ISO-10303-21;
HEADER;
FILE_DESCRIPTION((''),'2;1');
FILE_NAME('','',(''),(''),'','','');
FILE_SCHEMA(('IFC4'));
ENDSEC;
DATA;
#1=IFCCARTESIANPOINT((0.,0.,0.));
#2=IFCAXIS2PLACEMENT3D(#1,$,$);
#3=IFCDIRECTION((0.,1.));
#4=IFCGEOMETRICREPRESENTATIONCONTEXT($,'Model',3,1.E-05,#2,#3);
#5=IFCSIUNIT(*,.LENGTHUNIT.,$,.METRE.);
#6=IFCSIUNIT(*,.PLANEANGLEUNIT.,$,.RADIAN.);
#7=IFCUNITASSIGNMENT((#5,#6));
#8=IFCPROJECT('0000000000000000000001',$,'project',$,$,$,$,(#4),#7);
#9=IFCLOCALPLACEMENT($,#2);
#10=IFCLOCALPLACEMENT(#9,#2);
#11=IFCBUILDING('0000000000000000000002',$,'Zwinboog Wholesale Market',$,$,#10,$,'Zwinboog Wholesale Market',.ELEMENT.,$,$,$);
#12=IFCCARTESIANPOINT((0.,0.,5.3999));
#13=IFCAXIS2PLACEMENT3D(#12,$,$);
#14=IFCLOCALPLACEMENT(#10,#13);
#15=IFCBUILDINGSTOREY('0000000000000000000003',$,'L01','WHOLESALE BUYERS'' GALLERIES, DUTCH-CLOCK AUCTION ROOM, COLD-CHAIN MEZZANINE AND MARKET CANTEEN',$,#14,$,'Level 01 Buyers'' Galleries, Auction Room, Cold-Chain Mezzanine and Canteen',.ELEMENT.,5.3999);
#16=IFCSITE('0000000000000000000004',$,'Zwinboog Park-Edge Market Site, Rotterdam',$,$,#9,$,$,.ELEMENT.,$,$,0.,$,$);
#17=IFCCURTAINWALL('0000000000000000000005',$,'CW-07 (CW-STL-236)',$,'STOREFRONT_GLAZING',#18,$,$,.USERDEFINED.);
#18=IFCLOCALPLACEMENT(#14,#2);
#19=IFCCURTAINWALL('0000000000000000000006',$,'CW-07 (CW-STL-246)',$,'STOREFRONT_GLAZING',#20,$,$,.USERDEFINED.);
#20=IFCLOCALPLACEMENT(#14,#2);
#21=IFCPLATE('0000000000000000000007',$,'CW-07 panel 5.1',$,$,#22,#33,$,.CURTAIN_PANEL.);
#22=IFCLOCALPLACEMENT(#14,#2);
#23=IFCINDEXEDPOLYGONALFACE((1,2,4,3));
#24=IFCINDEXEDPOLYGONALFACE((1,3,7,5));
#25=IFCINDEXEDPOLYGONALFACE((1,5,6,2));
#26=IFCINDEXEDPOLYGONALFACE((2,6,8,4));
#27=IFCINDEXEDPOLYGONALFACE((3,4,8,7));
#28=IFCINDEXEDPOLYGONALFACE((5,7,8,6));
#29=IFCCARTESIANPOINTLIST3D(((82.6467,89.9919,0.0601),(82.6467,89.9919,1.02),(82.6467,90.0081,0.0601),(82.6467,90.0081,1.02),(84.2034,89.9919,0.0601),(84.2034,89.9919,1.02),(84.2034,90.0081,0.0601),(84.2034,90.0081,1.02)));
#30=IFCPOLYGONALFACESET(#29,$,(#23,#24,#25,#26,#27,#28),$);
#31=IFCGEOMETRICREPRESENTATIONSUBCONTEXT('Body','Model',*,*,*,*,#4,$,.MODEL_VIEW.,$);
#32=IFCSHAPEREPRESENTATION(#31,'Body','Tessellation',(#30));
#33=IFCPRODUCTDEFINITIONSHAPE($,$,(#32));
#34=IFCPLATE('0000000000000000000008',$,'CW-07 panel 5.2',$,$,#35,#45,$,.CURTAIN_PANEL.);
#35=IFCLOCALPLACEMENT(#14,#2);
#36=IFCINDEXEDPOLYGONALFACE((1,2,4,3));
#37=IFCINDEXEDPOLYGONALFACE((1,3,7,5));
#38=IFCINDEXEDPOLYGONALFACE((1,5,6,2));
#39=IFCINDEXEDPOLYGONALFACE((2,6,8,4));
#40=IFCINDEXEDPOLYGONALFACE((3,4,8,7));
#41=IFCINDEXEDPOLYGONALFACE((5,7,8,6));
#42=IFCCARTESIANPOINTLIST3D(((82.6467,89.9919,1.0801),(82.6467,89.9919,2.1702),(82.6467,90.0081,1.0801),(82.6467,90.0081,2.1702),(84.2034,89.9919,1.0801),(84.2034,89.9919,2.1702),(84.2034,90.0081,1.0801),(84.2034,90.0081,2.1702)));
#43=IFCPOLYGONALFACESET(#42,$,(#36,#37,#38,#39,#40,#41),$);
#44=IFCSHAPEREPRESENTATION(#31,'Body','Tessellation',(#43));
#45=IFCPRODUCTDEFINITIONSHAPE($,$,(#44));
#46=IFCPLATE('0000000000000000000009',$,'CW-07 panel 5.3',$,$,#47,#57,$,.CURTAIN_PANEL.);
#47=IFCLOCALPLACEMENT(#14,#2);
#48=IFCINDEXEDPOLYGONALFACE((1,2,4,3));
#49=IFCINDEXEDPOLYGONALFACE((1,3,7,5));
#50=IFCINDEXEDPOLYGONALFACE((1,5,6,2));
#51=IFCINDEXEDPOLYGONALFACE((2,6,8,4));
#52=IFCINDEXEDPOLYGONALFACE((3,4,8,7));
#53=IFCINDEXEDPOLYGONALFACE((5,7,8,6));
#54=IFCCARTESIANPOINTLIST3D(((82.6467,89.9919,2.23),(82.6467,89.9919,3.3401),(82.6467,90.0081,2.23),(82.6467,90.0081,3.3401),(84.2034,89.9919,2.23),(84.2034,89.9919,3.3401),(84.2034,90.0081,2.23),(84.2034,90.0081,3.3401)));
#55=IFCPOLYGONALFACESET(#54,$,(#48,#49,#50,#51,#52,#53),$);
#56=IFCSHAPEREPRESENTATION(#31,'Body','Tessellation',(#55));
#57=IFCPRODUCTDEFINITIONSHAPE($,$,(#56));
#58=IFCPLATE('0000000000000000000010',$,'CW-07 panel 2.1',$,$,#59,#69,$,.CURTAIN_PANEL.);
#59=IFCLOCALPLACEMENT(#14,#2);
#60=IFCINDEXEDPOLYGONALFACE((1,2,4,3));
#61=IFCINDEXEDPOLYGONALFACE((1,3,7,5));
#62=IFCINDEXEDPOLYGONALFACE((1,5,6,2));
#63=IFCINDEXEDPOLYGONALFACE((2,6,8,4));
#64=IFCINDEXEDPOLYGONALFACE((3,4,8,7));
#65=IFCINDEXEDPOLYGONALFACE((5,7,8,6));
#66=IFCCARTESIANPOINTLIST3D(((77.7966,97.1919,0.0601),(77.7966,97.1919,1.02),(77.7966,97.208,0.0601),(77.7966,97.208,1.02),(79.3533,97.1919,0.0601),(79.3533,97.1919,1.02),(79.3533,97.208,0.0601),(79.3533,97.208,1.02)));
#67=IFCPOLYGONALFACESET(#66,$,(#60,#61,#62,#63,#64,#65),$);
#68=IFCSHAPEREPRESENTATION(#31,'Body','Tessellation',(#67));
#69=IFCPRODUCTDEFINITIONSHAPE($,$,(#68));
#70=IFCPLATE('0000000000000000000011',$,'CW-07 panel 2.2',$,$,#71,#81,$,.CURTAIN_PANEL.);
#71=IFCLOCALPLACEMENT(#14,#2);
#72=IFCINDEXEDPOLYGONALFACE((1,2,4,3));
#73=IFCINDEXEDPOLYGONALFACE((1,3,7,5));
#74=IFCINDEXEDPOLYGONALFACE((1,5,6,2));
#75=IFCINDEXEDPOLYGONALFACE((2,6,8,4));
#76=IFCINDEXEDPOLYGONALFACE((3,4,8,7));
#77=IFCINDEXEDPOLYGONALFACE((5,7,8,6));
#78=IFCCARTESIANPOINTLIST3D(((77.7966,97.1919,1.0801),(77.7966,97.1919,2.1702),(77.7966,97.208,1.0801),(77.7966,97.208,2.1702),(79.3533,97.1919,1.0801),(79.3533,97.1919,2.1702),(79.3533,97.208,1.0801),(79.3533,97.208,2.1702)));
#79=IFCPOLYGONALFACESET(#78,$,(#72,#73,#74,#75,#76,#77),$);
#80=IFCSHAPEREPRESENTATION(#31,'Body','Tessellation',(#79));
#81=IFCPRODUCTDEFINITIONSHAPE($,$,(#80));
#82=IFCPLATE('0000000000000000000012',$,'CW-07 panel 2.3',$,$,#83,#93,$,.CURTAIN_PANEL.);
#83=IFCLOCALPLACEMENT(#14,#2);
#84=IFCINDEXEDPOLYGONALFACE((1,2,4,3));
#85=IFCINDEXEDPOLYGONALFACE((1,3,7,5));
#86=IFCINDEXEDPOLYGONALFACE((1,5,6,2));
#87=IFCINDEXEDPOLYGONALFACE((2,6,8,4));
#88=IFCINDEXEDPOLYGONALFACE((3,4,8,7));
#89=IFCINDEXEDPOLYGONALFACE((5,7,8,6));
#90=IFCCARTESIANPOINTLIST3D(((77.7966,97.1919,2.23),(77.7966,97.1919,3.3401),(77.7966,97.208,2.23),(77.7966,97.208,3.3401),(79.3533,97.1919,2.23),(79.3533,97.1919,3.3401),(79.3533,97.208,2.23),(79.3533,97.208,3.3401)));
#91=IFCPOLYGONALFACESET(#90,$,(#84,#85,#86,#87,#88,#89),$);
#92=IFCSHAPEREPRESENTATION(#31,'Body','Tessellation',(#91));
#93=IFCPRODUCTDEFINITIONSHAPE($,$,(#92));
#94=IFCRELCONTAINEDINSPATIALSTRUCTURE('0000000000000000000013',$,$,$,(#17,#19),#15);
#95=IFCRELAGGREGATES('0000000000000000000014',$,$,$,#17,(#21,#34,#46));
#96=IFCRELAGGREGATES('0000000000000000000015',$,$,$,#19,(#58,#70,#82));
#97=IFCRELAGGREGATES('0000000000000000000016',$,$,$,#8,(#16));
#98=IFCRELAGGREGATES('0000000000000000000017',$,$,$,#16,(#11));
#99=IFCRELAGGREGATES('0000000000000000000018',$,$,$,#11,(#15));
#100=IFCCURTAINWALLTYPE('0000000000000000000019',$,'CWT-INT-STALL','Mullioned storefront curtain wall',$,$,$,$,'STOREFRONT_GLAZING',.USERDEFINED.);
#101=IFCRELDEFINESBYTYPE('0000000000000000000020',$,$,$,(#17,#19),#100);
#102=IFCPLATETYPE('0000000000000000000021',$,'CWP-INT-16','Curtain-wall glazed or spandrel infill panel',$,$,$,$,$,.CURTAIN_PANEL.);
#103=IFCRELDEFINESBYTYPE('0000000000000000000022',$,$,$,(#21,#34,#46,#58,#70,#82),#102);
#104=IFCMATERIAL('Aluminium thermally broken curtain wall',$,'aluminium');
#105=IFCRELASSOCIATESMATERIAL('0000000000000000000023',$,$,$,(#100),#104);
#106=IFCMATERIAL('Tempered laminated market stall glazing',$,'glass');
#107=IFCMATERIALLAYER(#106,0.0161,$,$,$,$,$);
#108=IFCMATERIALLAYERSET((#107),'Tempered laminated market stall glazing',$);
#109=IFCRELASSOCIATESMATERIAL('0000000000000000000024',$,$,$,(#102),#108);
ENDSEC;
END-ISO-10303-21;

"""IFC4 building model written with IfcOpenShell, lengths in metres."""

from ifc_helpers import new_model, si_unit, direction, frame, origin, origin_2d, place, context, subcontext, project, spatial, rectangle, extrude, material, layer, layer_set, type_object, element, aggregate, save


model = new_model("IFC4")

# Units and contexts
model_context = context("Model", 3, precision=1e-05, world=origin(), true_north=direction((0.0, 1.0)))
body_context = subcontext(model_context, "Body", "Model", "MODEL_VIEW")
ifc_project = project(units=[si_unit("LENGTHUNIT", "METRE"), si_unit("PLANEANGLEUNIT", "RADIAN")], contexts=[model_context])

# Site, building, storey
site_placement = place(None, origin())
site = spatial("IfcSite", under=ifc_project, at=site_placement, Name="Zwinboog Park-Edge Market Site, Rotterdam", CompositionType="ELEMENT", RefElevation=0.0)
building_placement = place(site_placement, origin())
building = spatial("IfcBuilding", under=site, at=building_placement, Name="Zwinboog Wholesale Market", LongName="Zwinboog Wholesale Market", CompositionType="ELEMENT")
storey_placement = place(building_placement, frame((0.0, 0.0, 5.3999)))
storey = spatial("IfcBuildingStorey", under=building, at=storey_placement, Name="L01", Description="WHOLESALE BUYERS' GALLERIES, DUTCH-CLOCK AUCTION ROOM, COLD-CHAIN MEZZANINE AND MARKET CANTEEN", LongName="Level 01 Buyers' Galleries, Auction Room, Cold-Chain Mezzanine and Canteen", CompositionType="ELEMENT", Elevation=5.3999)

# Curtain wall
ifc_material_1 = material(Name="Aluminium thermally broken curtain wall", Category="aluminium")
curtain_wall_type = type_object("IfcCurtainWallType", Name="CWT-INT-STALL", Description="Mullioned storefront curtain wall", ElementType="STOREFRONT_GLAZING", PredefinedType="USERDEFINED", material=ifc_material_1)
curtain_wall_1_placement = place(storey_placement, origin())
curtain_wall_1 = element("IfcCurtainWall", 1, at=curtain_wall_1_placement, inside=storey, type_object=curtain_wall_type, Name="CW-07 (CW-STL-236)", ObjectType="STOREFRONT_GLAZING", PredefinedType="USERDEFINED")

# Curtain wall
curtain_wall_2_placement = place(storey_placement, origin())
curtain_wall_2 = element("IfcCurtainWall", 2, at=curtain_wall_2_placement, inside=storey, type_object=curtain_wall_type, Name="CW-07 (CW-STL-246)", ObjectType="STOREFRONT_GLAZING", PredefinedType="USERDEFINED")

# Plates
ifc_material_2 = material(Name="Tempered laminated market stall glazing", Category="glass")
ifc_layer = layer(ifc_material_2, 0.0161)
ifc_layer_set = layer_set([ifc_layer], Name="Tempered laminated market stall glazing")
plate_type = type_object("IfcPlateType", Name="CWP-INT-16", Description="Curtain-wall glazed or spandrel infill panel", PredefinedType="CURTAIN_PANEL", material=ifc_layer_set)
plate_1_placement = place(storey_placement, frame((83.425, 90.0, 0.0601), z_axis=(0.0, 0.0, 1.0), x_axis=(1.0, 0.0, 0.0)))
plate_1 = element("IfcPlate", 3, at=plate_1_placement, type_object=plate_type, Name="CW-07 panel 5.1", PredefinedType="CURTAIN_PANEL", context=body_context, shape_type="SweptSolid", body=[
    extrude(rectangle(XDim=1.5566, YDim=0.0161, at=origin_2d()), origin(), (0.0, 0.0, 1.0), 0.96),
])
plate_2_placement = place(storey_placement, frame((83.425, 90.0, 1.0801), z_axis=(0.0, 0.0, 1.0), x_axis=(1.0, 0.0, 0.0)))
plate_2 = element("IfcPlate", 4, at=plate_2_placement, type_object=plate_type, Name="CW-07 panel 5.2", PredefinedType="CURTAIN_PANEL", context=body_context, shape_type="SweptSolid", body=[
    extrude(rectangle(XDim=1.5566, YDim=0.0161, at=origin_2d()), origin(), (0.0, 0.0, 1.0), 1.0901),
])
plate_3_placement = place(storey_placement, frame((83.425, 90.0, 2.23), z_axis=(0.0, 0.0, 1.0), x_axis=(1.0, 0.0, 0.0)))
plate_3 = element("IfcPlate", 5, at=plate_3_placement, type_object=plate_type, Name="CW-07 panel 5.3", PredefinedType="CURTAIN_PANEL", context=body_context, shape_type="SweptSolid", body=[
    extrude(rectangle(XDim=1.5566, YDim=0.0161, at=origin_2d()), origin(), (0.0, 0.0, 1.0), 1.1101),
])
aggregate(curtain_wall_1, [plate_1, plate_2, plate_3])
plate_4_placement = place(storey_placement, frame((78.575, 97.2, 0.0601), z_axis=(0.0, 0.0, 1.0), x_axis=(1.0, 0.0, 0.0)))
plate_4 = element("IfcPlate", 6, at=plate_4_placement, type_object=plate_type, Name="CW-07 panel 2.1", PredefinedType="CURTAIN_PANEL", context=body_context, shape_type="SweptSolid", body=[
    extrude(rectangle(XDim=1.5566, YDim=0.0161, at=origin_2d()), origin(), (0.0, 0.0, 1.0), 0.96),
])
plate_5_placement = place(storey_placement, frame((78.575, 97.2, 1.0801), z_axis=(0.0, 0.0, 1.0), x_axis=(1.0, 0.0, 0.0)))
plate_5 = element("IfcPlate", 7, at=plate_5_placement, type_object=plate_type, Name="CW-07 panel 2.2", PredefinedType="CURTAIN_PANEL", context=body_context, shape_type="SweptSolid", body=[
    extrude(rectangle(XDim=1.5566, YDim=0.0161, at=origin_2d()), origin(), (0.0, 0.0, 1.0), 1.0901),
])
plate_6_placement = place(storey_placement, frame((78.575, 97.2, 2.23), z_axis=(0.0, 0.0, 1.0), x_axis=(1.0, 0.0, 0.0)))
plate_6 = element("IfcPlate", 8, at=plate_6_placement, type_object=plate_type, Name="CW-07 panel 2.3", PredefinedType="CURTAIN_PANEL", context=body_context, shape_type="SweptSolid", body=[
    extrude(rectangle(XDim=1.5566, YDim=0.0161, at=origin_2d()), origin(), (0.0, 0.0, 1.0), 1.1101),
])
aggregate(curtain_wall_2, [plate_4, plate_5, plate_6])

save(model, "model.ifc")
